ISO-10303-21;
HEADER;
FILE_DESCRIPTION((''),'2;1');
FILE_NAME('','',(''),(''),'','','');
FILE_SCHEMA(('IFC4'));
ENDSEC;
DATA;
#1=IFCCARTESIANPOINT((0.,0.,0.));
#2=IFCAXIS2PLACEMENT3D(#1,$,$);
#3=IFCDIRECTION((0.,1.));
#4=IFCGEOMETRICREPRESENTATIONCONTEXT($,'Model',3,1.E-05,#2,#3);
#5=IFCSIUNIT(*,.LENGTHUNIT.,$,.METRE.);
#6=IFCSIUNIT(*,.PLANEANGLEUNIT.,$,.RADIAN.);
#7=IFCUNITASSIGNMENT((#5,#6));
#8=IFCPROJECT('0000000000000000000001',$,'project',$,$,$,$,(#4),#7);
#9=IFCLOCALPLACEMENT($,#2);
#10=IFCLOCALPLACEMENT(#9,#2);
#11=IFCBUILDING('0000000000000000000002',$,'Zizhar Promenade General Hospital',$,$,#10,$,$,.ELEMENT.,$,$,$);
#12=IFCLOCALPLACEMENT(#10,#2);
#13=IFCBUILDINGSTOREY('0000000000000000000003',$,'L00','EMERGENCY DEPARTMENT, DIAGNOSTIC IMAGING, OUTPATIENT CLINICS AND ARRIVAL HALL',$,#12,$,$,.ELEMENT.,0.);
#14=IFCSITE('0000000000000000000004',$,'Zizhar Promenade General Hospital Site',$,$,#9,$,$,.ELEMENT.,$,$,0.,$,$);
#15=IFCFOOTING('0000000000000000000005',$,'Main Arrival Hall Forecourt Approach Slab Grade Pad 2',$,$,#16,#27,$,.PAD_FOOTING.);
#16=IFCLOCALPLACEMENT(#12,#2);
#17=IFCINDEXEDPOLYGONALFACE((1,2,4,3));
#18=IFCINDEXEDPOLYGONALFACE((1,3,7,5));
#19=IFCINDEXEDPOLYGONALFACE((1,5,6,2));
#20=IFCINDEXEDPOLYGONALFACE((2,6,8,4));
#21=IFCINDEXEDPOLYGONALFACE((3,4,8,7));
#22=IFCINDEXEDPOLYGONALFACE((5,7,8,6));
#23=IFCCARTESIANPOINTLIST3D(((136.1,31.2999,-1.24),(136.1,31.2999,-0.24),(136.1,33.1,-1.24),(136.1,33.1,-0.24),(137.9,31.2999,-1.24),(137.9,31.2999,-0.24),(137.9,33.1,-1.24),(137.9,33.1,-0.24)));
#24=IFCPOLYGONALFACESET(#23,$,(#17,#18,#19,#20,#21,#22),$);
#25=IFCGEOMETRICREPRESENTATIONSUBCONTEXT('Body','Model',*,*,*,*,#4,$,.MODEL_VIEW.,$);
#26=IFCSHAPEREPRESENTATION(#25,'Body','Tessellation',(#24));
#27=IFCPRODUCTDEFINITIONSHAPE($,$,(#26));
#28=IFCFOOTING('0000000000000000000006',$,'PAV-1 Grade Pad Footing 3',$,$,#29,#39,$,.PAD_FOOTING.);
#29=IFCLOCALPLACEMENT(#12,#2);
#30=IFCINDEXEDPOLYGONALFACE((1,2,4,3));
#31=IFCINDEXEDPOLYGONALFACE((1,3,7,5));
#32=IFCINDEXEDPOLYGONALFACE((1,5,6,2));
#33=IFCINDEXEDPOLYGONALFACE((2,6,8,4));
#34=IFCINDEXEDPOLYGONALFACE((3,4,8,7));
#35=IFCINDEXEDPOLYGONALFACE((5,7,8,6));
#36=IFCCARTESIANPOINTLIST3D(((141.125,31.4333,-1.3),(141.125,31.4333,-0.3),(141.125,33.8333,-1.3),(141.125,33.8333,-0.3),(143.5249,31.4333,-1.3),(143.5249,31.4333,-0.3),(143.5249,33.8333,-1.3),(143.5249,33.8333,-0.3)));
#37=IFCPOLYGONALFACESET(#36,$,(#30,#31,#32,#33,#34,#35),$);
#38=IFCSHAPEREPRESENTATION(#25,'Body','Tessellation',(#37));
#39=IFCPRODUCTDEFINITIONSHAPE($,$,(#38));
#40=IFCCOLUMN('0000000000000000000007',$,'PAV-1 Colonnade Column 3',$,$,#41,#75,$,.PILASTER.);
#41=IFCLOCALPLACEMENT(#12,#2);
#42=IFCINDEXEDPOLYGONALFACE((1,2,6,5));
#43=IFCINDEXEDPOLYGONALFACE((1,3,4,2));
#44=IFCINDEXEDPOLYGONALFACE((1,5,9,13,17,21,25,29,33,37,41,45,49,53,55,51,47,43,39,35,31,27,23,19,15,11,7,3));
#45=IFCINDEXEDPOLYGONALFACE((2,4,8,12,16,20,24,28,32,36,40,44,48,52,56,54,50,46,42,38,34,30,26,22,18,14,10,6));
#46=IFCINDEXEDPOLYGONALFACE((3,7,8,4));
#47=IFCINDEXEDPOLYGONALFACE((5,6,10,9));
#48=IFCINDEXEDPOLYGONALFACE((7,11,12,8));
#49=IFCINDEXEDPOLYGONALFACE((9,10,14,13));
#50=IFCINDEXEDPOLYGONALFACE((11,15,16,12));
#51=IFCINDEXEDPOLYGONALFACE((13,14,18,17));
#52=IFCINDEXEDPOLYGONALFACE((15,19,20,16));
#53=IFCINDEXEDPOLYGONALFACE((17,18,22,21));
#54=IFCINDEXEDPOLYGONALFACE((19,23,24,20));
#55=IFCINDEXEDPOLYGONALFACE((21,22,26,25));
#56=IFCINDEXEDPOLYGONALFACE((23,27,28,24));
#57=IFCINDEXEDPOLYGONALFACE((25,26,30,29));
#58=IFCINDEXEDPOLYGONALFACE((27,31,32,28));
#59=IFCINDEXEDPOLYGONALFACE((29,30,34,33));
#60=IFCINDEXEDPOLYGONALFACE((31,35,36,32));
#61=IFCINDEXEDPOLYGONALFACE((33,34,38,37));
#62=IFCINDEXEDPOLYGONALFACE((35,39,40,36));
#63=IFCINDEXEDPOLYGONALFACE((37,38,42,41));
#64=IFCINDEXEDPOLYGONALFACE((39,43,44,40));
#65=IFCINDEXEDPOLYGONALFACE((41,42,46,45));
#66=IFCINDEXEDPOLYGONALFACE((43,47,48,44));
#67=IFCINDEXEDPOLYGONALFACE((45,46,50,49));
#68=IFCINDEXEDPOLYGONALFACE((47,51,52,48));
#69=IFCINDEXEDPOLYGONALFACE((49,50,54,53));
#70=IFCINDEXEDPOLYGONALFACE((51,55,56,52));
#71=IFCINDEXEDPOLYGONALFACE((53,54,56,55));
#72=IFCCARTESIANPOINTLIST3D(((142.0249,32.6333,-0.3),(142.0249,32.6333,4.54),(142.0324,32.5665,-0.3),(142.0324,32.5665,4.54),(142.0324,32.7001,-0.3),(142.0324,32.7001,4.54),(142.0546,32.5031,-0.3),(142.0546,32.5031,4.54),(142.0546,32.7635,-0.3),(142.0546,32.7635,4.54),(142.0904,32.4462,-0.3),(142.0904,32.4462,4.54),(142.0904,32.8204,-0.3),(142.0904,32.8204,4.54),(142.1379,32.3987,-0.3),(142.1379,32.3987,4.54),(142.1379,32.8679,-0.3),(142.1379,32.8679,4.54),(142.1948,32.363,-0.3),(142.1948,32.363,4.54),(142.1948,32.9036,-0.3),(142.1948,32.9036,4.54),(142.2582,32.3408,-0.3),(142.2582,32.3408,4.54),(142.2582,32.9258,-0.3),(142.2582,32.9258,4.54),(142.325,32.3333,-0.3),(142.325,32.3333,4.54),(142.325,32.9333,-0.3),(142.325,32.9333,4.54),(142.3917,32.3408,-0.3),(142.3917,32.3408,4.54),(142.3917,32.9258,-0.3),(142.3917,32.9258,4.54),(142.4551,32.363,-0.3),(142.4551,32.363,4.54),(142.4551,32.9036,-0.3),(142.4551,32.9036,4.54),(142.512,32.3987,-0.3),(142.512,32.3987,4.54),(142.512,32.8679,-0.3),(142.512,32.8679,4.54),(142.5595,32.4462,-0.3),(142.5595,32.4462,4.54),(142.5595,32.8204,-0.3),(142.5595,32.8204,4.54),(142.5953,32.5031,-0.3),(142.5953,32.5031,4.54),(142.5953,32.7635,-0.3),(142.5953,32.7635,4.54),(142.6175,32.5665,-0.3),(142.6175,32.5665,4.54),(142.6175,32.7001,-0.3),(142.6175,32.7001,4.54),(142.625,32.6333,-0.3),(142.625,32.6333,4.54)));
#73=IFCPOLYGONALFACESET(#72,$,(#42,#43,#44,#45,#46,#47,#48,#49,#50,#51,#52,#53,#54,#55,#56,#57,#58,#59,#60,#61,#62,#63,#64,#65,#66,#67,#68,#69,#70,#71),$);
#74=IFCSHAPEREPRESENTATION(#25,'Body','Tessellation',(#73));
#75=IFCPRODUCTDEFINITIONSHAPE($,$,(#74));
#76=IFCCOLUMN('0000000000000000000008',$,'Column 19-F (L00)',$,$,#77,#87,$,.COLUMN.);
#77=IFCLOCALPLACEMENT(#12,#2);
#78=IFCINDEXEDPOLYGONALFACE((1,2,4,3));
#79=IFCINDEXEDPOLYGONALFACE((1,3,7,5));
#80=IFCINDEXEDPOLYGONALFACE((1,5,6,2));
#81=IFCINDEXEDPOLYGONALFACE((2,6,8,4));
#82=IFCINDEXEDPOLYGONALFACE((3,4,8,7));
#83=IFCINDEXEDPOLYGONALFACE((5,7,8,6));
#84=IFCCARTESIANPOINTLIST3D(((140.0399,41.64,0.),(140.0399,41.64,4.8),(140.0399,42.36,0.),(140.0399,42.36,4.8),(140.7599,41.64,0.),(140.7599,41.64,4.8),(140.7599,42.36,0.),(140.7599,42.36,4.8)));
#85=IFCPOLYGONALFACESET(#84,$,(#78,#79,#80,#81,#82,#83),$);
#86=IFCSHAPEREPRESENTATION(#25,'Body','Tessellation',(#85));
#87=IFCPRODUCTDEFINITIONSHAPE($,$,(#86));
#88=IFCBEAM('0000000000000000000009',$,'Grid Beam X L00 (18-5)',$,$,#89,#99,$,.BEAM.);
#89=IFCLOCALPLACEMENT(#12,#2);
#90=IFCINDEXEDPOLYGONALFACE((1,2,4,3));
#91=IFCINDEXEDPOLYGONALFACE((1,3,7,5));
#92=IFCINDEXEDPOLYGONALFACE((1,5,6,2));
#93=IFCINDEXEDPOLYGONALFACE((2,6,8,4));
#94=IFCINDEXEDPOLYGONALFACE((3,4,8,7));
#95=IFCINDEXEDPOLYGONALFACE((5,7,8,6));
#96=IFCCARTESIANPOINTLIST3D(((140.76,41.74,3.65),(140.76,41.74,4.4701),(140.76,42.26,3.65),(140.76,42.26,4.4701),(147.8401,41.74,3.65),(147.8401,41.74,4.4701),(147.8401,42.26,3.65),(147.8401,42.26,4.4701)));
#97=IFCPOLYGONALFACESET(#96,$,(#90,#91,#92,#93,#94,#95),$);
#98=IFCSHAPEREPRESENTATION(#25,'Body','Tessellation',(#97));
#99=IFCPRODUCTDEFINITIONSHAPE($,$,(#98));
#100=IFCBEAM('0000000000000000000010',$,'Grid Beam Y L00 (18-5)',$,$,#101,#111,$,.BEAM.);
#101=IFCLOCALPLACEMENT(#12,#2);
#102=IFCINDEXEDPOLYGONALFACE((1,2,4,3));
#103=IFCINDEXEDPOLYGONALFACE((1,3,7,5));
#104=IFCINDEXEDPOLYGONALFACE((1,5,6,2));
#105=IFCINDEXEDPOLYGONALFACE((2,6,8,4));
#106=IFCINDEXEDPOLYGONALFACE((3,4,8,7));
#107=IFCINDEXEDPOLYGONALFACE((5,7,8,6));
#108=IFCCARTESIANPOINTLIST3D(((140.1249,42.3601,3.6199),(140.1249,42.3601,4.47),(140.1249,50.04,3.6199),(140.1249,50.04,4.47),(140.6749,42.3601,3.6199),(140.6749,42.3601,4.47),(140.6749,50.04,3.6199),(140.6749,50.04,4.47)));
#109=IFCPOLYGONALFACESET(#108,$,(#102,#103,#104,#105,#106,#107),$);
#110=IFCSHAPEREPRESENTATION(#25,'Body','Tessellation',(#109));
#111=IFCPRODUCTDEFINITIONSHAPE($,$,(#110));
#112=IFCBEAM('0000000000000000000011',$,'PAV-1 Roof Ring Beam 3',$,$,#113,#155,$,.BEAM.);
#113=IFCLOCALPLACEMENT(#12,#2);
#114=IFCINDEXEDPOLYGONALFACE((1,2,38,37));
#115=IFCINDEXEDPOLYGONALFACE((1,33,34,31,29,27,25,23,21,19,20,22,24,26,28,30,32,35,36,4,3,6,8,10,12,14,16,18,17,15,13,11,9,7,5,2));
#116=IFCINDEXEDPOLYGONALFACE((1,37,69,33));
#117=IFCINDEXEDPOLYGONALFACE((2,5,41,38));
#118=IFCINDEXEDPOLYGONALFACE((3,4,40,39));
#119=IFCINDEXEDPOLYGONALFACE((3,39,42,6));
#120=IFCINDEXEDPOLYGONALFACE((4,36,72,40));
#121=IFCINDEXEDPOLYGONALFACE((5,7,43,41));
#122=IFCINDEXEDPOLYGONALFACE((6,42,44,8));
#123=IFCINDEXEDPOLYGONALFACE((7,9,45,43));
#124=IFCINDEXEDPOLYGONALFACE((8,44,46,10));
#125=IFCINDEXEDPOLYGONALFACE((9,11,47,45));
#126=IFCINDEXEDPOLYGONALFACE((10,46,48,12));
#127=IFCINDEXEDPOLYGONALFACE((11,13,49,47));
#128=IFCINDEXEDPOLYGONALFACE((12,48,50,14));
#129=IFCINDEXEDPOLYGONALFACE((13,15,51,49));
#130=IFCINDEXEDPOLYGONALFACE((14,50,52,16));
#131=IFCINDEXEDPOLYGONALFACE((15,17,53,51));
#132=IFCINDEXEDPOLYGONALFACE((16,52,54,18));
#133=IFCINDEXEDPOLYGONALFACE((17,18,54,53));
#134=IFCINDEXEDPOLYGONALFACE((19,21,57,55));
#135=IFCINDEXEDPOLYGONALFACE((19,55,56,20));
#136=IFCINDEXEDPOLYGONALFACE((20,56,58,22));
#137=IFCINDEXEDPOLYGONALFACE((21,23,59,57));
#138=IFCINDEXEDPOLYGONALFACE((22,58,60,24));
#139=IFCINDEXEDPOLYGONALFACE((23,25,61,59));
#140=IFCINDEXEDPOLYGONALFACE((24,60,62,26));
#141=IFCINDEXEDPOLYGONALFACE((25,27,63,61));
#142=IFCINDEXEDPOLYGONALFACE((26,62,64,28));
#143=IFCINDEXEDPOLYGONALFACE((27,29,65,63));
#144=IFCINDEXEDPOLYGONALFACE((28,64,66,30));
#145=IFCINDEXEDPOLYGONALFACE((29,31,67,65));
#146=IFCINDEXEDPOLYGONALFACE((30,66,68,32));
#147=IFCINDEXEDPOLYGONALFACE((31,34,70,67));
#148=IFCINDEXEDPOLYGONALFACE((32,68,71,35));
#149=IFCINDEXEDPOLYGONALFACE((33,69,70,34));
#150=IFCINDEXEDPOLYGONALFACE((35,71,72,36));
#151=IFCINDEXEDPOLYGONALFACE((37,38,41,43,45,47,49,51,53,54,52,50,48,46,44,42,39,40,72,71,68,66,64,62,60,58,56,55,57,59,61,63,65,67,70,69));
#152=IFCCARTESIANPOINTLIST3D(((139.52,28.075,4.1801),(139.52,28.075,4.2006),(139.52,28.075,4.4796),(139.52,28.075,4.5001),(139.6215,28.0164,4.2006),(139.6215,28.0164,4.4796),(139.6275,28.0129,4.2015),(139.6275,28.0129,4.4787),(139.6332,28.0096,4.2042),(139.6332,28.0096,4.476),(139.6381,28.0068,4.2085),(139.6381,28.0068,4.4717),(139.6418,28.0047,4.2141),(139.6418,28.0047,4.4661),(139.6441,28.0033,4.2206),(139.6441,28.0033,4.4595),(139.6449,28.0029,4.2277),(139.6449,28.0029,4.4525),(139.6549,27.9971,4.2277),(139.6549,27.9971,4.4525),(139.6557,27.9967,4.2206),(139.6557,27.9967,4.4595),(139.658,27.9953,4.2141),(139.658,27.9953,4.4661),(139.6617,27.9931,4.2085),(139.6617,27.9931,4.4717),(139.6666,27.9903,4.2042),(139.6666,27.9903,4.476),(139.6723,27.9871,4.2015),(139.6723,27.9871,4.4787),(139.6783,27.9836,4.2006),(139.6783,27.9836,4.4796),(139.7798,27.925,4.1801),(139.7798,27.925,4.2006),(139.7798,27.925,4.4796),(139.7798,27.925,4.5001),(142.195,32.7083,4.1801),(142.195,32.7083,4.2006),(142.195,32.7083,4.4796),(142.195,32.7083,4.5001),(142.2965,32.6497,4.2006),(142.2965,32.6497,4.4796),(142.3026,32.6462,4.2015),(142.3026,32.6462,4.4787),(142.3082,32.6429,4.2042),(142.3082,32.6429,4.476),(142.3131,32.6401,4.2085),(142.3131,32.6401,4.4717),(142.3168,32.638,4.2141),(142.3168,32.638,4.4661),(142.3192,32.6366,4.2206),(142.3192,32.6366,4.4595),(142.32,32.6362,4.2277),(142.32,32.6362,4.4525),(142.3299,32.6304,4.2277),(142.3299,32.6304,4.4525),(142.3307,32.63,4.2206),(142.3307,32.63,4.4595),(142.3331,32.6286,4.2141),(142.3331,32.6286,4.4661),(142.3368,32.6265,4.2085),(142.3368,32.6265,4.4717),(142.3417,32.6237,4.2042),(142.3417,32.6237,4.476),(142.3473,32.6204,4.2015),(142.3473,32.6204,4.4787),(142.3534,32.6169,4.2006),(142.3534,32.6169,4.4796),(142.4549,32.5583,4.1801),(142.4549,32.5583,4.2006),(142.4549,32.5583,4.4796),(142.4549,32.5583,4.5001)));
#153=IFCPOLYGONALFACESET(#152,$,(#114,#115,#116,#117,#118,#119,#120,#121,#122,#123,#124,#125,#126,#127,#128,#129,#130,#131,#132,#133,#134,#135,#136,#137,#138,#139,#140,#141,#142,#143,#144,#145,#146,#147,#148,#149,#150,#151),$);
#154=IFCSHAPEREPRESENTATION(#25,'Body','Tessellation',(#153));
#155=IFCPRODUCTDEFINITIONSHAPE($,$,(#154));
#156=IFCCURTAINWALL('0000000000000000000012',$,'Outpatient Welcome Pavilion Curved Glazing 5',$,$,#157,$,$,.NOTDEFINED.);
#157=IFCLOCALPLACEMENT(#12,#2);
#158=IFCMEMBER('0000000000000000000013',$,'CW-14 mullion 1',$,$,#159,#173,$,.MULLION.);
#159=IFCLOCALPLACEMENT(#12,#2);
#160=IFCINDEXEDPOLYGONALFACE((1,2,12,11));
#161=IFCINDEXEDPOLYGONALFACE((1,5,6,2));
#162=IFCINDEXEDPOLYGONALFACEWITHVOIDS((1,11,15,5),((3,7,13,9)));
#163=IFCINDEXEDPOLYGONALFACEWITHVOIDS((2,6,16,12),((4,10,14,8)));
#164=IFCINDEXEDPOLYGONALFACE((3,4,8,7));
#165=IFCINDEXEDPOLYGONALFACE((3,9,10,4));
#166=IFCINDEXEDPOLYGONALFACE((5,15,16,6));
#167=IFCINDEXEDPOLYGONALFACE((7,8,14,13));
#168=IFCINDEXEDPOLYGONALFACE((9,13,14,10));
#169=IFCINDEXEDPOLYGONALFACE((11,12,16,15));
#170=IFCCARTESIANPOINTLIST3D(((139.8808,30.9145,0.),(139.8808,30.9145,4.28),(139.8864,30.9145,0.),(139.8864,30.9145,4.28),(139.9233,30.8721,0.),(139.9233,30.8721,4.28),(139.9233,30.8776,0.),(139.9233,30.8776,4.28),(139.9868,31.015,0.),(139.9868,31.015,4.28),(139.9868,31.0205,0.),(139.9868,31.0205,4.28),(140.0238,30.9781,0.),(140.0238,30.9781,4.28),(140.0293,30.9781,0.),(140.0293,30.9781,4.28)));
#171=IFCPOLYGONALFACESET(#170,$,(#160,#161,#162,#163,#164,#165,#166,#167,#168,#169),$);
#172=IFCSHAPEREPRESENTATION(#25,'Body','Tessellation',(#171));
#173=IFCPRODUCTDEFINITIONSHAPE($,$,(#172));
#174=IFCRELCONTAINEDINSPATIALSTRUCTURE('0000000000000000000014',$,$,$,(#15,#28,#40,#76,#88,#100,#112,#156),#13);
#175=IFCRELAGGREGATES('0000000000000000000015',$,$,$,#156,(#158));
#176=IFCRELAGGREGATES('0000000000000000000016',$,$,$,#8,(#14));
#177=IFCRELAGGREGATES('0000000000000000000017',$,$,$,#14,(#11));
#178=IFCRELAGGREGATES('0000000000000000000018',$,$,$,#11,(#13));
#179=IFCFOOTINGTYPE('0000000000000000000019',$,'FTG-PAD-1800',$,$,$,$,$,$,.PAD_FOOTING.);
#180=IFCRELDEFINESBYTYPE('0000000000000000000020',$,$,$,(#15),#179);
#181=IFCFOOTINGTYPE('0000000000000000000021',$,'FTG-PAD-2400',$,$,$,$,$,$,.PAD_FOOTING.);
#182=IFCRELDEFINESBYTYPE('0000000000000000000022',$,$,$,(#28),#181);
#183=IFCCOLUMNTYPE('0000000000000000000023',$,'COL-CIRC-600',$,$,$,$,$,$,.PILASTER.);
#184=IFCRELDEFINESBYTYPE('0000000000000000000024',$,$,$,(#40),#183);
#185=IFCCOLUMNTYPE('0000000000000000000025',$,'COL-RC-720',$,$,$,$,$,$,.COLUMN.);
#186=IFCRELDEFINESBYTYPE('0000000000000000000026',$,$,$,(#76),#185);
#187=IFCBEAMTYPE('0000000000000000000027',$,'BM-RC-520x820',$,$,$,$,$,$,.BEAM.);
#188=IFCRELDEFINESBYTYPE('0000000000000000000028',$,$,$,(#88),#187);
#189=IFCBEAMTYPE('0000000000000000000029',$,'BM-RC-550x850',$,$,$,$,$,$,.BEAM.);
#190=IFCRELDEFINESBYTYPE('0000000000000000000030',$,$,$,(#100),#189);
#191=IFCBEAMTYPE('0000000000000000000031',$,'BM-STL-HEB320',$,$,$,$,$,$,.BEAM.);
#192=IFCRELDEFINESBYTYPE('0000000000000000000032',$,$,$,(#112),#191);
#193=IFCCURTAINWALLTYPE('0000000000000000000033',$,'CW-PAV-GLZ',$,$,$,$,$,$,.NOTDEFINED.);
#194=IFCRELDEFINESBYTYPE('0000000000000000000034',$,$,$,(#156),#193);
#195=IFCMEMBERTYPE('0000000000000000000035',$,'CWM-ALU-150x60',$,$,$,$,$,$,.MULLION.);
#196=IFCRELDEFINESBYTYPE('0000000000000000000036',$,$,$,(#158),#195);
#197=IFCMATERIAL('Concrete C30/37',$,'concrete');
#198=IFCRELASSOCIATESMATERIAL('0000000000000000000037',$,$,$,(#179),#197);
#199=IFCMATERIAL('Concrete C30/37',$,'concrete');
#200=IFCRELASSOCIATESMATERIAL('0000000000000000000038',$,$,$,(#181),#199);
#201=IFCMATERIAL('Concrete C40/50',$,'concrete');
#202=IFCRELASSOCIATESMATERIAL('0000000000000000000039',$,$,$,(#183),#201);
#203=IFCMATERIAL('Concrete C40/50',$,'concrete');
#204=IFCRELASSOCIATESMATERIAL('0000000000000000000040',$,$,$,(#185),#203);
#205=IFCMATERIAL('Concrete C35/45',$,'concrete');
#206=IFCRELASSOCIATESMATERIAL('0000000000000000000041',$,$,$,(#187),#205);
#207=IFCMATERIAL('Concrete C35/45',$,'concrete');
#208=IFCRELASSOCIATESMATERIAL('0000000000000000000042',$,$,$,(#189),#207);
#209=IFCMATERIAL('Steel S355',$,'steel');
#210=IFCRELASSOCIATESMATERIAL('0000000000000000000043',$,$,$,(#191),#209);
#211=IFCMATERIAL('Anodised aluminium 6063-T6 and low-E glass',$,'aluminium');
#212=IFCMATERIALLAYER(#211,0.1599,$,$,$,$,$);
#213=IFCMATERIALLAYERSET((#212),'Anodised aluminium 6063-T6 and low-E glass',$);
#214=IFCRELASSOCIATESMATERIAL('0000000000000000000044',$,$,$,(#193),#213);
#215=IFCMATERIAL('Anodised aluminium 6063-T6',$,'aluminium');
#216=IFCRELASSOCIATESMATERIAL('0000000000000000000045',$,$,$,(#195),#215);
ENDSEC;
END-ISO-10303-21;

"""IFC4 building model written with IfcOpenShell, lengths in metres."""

from ifc_helpers import new_model, si_unit, direction, frame, origin, origin_2d, place, context, subcontext, project, spatial, rectangle, hollow_rectangle, circle, i_section, extrude, material, layer, layer_set, material_profile, profile_set, type_object, element, aggregate, save


model = new_model("IFC4")

# Units and contexts
model_context = context("Model", 3, precision=1e-05, world=origin(), true_north=direction((0.0, 1.0)))
body_context = subcontext(model_context, "Body", "Model", "MODEL_VIEW")
ifc_project = project(units=[si_unit("LENGTHUNIT", "METRE"), si_unit("PLANEANGLEUNIT", "RADIAN")], contexts=[model_context])

# Site, building, storey
site_placement = place(None, origin())
site = spatial("IfcSite", under=ifc_project, at=site_placement, Name="Zizhar Promenade General Hospital Site", CompositionType="ELEMENT", RefElevation=0.0)
building_placement = place(site_placement, origin())
building = spatial("IfcBuilding", under=site, at=building_placement, Name="Zizhar Promenade General Hospital", CompositionType="ELEMENT")
storey_placement = place(building_placement, origin())
storey = spatial("IfcBuildingStorey", under=building, at=storey_placement, Name="L00", Description="EMERGENCY DEPARTMENT, DIAGNOSTIC IMAGING, OUTPATIENT CLINICS AND ARRIVAL HALL", CompositionType="ELEMENT", Elevation=0.0)

# Footings
ifc_material_1 = material(Name="Concrete C30/37", Category="concrete")
footing_type_1 = type_object("IfcFootingType", Name="FTG-PAD-1800", PredefinedType="PAD_FOOTING", material=ifc_material_1)
footing_1_placement = place(storey_placement, frame((137.0, 32.2, -1.24), z_axis=(0.0, 0.0, 1.0), x_axis=(1.0, 0.0, 0.0)))
element("IfcFooting", 1, at=footing_1_placement, inside=storey, type_object=footing_type_1, Name="Main Arrival Hall Forecourt Approach Slab Grade Pad 2", PredefinedType="PAD_FOOTING", context=body_context, shape_type="SweptSolid", body=[
    extrude(rectangle(XDim=1.8, YDim=1.8, at=origin_2d()), origin(), (0.0, 0.0, 1.0), 1.0),
])
ifc_material_2 = material(Name="Concrete C30/37", Category="concrete")
footing_type_2 = type_object("IfcFootingType", Name="FTG-PAD-2400", PredefinedType="PAD_FOOTING", material=ifc_material_2)
footing_2_placement = place(storey_placement, frame((142.325, 32.6333, -1.3), z_axis=(0.0, 0.0, 1.0), x_axis=(1.0, 0.0, 0.0)))
element("IfcFooting", 2, at=footing_2_placement, inside=storey, type_object=footing_type_2, Name="PAV-1 Grade Pad Footing 3", PredefinedType="PAD_FOOTING", context=body_context, shape_type="SweptSolid", body=[
    extrude(rectangle(XDim=2.3999, YDim=2.3999, at=origin_2d()), origin(), (0.0, 0.0, 1.0), 1.0),
])

# Columns
ifc_material_3 = material(Name="Concrete C40/50", Category="concrete")
ifc_material_profile_1 = material_profile(ifc_material_3, circle(Radius=0.3, at=origin_2d()))
ifc_profile_set_1 = profile_set([ifc_material_profile_1], Name="Concrete C40/50")
column_type_1 = type_object("IfcColumnType", Name="COL-CIRC-600", PredefinedType="PILASTER", material=ifc_profile_set_1)
column_1_placement = place(storey_placement, frame((142.325, 32.6333, -0.3), z_axis=(0.0, 0.0, 1.0), x_axis=(1.0, 0.0, 0.0)))
element("IfcColumn", 3, at=column_1_placement, inside=storey, type_object=column_type_1, Name="PAV-1 Colonnade Column 3", PredefinedType="PILASTER", context=body_context, shape_type="SweptSolid", body=[
    extrude(circle(Radius=0.3, at=origin_2d()), origin(), (0.0, 0.0, 1.0), 4.8401),
])
ifc_material_4 = material(Name="Concrete C40/50", Category="concrete")
ifc_material_profile_2 = material_profile(ifc_material_4, rectangle(XDim=0.72, YDim=0.72, at=origin_2d()))
ifc_profile_set_2 = profile_set([ifc_material_profile_2], Name="Concrete C40/50")
column_type_2 = type_object("IfcColumnType", Name="COL-RC-720", PredefinedType="COLUMN", material=ifc_profile_set_2)
column_2_placement = place(storey_placement, frame((140.3999, 42.0, 0.0), z_axis=(0.0, 0.0, 1.0), x_axis=(1.0, 0.0, 0.0)))
element("IfcColumn", 4, at=column_2_placement, inside=storey, type_object=column_type_2, Name="Column 19-F (L00)", PredefinedType="COLUMN", context=body_context, shape_type="SweptSolid", body=[
    extrude(rectangle(XDim=0.72, YDim=0.72, at=origin_2d()), origin(), (0.0, 0.0, 1.0), 4.8),
])

# Beams
ifc_material_5 = material(Name="Concrete C35/45", Category="concrete")
ifc_material_profile_3 = material_profile(ifc_material_5, rectangle(XDim=0.52, YDim=0.8201, at=origin_2d()))
ifc_profile_set_3 = profile_set([ifc_material_profile_3], Name="Concrete C35/45")
beam_type_1 = type_object("IfcBeamType", Name="BM-RC-520x820", PredefinedType="BEAM", material=ifc_profile_set_3)
beam_1_placement = place(storey_placement, frame((140.76, 42.0, 4.0601), z_axis=(1.0, 0.0, 0.0), x_axis=(0.0, 1.0, 0.0)))
element("IfcBeam", 5, at=beam_1_placement, inside=storey, type_object=beam_type_1, Name="Grid Beam X L00 (18-5)", PredefinedType="BEAM", context=body_context, shape_type="SweptSolid", body=[
    extrude(rectangle(XDim=0.52, YDim=0.8201, at=origin_2d()), origin(), (0.0, 0.0, 1.0), 7.0801),
])
ifc_material_6 = material(Name="Concrete C35/45", Category="concrete")
ifc_material_profile_4 = material_profile(ifc_material_6, rectangle(XDim=0.55, YDim=0.8501, at=origin_2d()))
ifc_profile_set_4 = profile_set([ifc_material_profile_4], Name="Concrete C35/45")
beam_type_2 = type_object("IfcBeamType", Name="BM-RC-550x850", PredefinedType="BEAM", material=ifc_profile_set_4)
beam_2_placement = place(storey_placement, frame((140.3999, 42.3601, 4.0449), z_axis=(0.0, 1.0, 0.0), x_axis=(-1.0, 0.0, 0.0)))
element("IfcBeam", 6, at=beam_2_placement, inside=storey, type_object=beam_type_2, Name="Grid Beam Y L00 (18-5)", PredefinedType="BEAM", context=body_context, shape_type="SweptSolid", body=[
    extrude(rectangle(XDim=0.55, YDim=0.8501, at=origin_2d()), origin(), (0.0, 0.0, 1.0), 7.6799),
])
ifc_material_7 = material(Name="Steel S355", Category="steel")
ifc_material_profile_5 = material_profile(ifc_material_7, i_section(OverallWidth=0.3, OverallDepth=0.3201, WebThickness=0.0115, FlangeThickness=0.0205, FilletRadius=0.0271, at=origin_2d()))
ifc_profile_set_5 = profile_set([ifc_material_profile_5], Name="Steel S355")
beam_type_3 = type_object("IfcBeamType", Name="BM-STL-HEB320", PredefinedType="BEAM", material=ifc_profile_set_5)
beam_3_placement = place(storey_placement, frame((142.325, 32.6333, 4.3401), z_axis=(-0.500002, -0.866024, 0.0), x_axis=(0.866024, -0.500002, 0.0)))
element("IfcBeam", 7, at=beam_3_placement, inside=storey, type_object=beam_type_3, Name="PAV-1 Roof Ring Beam 3", PredefinedType="BEAM", context=body_context, shape_type="SweptSolid", body=[
    extrude(i_section(OverallWidth=0.3, OverallDepth=0.3201, WebThickness=0.0115, FlangeThickness=0.0205, FilletRadius=0.0271, at=origin_2d()), origin(), (0.0, 0.0, 1.0), 5.3501),
])

# Curtain wall, member
ifc_material_8 = material(Name="Anodised aluminium 6063-T6 and low-E glass", Category="aluminium")
ifc_layer_1 = layer(ifc_material_8, 0.1599)
ifc_layer_set_1 = layer_set([ifc_layer_1], Name="Anodised aluminium 6063-T6 and low-E glass")
curtain_wall_type = type_object("IfcCurtainWallType", Name="CW-PAV-GLZ", PredefinedType="NOTDEFINED", material=ifc_layer_set_1)
curtain_wall_1_placement = place(storey_placement, origin())
curtain_wall_1 = element("IfcCurtainWall", 8, at=curtain_wall_1_placement, inside=storey, type_object=curtain_wall_type, Name="Outpatient Welcome Pavilion Curved Glazing 5", PredefinedType="NOTDEFINED")
ifc_material_9 = material(Name="Anodised aluminium 6063-T6", Category="aluminium")
ifc_material_profile_6 = material_profile(ifc_material_9, hollow_rectangle(XDim=0.0601, YDim=0.1499, WallThickness=0.0039, at=origin_2d()))
ifc_profile_set_6 = profile_set([ifc_material_profile_6], Name="Anodised aluminium 6063-T6")
member_type_1 = type_object("IfcMemberType", Name="CWM-ALU-150x60", PredefinedType="MULLION", material=ifc_profile_set_6)
member_1_placement = place(storey_placement, frame((139.9551, 30.9463, 0.0), z_axis=(0.0, 0.0, 1.0), x_axis=(-0.707107, 0.707107, 0.0)))
member_1 = element("IfcMember", 9, at=member_1_placement, type_object=member_type_1, Name="CW-14 mullion 1", PredefinedType="MULLION", context=body_context, shape_type="SweptSolid", body=[
    extrude(hollow_rectangle(XDim=0.0601, YDim=0.1499, WallThickness=0.0039, at=origin_2d()), origin(), (0.0, 0.0, 1.0), 4.28),
])

aggregate(curtain_wall_1, [member_1])

save(model, "model.ifc")
